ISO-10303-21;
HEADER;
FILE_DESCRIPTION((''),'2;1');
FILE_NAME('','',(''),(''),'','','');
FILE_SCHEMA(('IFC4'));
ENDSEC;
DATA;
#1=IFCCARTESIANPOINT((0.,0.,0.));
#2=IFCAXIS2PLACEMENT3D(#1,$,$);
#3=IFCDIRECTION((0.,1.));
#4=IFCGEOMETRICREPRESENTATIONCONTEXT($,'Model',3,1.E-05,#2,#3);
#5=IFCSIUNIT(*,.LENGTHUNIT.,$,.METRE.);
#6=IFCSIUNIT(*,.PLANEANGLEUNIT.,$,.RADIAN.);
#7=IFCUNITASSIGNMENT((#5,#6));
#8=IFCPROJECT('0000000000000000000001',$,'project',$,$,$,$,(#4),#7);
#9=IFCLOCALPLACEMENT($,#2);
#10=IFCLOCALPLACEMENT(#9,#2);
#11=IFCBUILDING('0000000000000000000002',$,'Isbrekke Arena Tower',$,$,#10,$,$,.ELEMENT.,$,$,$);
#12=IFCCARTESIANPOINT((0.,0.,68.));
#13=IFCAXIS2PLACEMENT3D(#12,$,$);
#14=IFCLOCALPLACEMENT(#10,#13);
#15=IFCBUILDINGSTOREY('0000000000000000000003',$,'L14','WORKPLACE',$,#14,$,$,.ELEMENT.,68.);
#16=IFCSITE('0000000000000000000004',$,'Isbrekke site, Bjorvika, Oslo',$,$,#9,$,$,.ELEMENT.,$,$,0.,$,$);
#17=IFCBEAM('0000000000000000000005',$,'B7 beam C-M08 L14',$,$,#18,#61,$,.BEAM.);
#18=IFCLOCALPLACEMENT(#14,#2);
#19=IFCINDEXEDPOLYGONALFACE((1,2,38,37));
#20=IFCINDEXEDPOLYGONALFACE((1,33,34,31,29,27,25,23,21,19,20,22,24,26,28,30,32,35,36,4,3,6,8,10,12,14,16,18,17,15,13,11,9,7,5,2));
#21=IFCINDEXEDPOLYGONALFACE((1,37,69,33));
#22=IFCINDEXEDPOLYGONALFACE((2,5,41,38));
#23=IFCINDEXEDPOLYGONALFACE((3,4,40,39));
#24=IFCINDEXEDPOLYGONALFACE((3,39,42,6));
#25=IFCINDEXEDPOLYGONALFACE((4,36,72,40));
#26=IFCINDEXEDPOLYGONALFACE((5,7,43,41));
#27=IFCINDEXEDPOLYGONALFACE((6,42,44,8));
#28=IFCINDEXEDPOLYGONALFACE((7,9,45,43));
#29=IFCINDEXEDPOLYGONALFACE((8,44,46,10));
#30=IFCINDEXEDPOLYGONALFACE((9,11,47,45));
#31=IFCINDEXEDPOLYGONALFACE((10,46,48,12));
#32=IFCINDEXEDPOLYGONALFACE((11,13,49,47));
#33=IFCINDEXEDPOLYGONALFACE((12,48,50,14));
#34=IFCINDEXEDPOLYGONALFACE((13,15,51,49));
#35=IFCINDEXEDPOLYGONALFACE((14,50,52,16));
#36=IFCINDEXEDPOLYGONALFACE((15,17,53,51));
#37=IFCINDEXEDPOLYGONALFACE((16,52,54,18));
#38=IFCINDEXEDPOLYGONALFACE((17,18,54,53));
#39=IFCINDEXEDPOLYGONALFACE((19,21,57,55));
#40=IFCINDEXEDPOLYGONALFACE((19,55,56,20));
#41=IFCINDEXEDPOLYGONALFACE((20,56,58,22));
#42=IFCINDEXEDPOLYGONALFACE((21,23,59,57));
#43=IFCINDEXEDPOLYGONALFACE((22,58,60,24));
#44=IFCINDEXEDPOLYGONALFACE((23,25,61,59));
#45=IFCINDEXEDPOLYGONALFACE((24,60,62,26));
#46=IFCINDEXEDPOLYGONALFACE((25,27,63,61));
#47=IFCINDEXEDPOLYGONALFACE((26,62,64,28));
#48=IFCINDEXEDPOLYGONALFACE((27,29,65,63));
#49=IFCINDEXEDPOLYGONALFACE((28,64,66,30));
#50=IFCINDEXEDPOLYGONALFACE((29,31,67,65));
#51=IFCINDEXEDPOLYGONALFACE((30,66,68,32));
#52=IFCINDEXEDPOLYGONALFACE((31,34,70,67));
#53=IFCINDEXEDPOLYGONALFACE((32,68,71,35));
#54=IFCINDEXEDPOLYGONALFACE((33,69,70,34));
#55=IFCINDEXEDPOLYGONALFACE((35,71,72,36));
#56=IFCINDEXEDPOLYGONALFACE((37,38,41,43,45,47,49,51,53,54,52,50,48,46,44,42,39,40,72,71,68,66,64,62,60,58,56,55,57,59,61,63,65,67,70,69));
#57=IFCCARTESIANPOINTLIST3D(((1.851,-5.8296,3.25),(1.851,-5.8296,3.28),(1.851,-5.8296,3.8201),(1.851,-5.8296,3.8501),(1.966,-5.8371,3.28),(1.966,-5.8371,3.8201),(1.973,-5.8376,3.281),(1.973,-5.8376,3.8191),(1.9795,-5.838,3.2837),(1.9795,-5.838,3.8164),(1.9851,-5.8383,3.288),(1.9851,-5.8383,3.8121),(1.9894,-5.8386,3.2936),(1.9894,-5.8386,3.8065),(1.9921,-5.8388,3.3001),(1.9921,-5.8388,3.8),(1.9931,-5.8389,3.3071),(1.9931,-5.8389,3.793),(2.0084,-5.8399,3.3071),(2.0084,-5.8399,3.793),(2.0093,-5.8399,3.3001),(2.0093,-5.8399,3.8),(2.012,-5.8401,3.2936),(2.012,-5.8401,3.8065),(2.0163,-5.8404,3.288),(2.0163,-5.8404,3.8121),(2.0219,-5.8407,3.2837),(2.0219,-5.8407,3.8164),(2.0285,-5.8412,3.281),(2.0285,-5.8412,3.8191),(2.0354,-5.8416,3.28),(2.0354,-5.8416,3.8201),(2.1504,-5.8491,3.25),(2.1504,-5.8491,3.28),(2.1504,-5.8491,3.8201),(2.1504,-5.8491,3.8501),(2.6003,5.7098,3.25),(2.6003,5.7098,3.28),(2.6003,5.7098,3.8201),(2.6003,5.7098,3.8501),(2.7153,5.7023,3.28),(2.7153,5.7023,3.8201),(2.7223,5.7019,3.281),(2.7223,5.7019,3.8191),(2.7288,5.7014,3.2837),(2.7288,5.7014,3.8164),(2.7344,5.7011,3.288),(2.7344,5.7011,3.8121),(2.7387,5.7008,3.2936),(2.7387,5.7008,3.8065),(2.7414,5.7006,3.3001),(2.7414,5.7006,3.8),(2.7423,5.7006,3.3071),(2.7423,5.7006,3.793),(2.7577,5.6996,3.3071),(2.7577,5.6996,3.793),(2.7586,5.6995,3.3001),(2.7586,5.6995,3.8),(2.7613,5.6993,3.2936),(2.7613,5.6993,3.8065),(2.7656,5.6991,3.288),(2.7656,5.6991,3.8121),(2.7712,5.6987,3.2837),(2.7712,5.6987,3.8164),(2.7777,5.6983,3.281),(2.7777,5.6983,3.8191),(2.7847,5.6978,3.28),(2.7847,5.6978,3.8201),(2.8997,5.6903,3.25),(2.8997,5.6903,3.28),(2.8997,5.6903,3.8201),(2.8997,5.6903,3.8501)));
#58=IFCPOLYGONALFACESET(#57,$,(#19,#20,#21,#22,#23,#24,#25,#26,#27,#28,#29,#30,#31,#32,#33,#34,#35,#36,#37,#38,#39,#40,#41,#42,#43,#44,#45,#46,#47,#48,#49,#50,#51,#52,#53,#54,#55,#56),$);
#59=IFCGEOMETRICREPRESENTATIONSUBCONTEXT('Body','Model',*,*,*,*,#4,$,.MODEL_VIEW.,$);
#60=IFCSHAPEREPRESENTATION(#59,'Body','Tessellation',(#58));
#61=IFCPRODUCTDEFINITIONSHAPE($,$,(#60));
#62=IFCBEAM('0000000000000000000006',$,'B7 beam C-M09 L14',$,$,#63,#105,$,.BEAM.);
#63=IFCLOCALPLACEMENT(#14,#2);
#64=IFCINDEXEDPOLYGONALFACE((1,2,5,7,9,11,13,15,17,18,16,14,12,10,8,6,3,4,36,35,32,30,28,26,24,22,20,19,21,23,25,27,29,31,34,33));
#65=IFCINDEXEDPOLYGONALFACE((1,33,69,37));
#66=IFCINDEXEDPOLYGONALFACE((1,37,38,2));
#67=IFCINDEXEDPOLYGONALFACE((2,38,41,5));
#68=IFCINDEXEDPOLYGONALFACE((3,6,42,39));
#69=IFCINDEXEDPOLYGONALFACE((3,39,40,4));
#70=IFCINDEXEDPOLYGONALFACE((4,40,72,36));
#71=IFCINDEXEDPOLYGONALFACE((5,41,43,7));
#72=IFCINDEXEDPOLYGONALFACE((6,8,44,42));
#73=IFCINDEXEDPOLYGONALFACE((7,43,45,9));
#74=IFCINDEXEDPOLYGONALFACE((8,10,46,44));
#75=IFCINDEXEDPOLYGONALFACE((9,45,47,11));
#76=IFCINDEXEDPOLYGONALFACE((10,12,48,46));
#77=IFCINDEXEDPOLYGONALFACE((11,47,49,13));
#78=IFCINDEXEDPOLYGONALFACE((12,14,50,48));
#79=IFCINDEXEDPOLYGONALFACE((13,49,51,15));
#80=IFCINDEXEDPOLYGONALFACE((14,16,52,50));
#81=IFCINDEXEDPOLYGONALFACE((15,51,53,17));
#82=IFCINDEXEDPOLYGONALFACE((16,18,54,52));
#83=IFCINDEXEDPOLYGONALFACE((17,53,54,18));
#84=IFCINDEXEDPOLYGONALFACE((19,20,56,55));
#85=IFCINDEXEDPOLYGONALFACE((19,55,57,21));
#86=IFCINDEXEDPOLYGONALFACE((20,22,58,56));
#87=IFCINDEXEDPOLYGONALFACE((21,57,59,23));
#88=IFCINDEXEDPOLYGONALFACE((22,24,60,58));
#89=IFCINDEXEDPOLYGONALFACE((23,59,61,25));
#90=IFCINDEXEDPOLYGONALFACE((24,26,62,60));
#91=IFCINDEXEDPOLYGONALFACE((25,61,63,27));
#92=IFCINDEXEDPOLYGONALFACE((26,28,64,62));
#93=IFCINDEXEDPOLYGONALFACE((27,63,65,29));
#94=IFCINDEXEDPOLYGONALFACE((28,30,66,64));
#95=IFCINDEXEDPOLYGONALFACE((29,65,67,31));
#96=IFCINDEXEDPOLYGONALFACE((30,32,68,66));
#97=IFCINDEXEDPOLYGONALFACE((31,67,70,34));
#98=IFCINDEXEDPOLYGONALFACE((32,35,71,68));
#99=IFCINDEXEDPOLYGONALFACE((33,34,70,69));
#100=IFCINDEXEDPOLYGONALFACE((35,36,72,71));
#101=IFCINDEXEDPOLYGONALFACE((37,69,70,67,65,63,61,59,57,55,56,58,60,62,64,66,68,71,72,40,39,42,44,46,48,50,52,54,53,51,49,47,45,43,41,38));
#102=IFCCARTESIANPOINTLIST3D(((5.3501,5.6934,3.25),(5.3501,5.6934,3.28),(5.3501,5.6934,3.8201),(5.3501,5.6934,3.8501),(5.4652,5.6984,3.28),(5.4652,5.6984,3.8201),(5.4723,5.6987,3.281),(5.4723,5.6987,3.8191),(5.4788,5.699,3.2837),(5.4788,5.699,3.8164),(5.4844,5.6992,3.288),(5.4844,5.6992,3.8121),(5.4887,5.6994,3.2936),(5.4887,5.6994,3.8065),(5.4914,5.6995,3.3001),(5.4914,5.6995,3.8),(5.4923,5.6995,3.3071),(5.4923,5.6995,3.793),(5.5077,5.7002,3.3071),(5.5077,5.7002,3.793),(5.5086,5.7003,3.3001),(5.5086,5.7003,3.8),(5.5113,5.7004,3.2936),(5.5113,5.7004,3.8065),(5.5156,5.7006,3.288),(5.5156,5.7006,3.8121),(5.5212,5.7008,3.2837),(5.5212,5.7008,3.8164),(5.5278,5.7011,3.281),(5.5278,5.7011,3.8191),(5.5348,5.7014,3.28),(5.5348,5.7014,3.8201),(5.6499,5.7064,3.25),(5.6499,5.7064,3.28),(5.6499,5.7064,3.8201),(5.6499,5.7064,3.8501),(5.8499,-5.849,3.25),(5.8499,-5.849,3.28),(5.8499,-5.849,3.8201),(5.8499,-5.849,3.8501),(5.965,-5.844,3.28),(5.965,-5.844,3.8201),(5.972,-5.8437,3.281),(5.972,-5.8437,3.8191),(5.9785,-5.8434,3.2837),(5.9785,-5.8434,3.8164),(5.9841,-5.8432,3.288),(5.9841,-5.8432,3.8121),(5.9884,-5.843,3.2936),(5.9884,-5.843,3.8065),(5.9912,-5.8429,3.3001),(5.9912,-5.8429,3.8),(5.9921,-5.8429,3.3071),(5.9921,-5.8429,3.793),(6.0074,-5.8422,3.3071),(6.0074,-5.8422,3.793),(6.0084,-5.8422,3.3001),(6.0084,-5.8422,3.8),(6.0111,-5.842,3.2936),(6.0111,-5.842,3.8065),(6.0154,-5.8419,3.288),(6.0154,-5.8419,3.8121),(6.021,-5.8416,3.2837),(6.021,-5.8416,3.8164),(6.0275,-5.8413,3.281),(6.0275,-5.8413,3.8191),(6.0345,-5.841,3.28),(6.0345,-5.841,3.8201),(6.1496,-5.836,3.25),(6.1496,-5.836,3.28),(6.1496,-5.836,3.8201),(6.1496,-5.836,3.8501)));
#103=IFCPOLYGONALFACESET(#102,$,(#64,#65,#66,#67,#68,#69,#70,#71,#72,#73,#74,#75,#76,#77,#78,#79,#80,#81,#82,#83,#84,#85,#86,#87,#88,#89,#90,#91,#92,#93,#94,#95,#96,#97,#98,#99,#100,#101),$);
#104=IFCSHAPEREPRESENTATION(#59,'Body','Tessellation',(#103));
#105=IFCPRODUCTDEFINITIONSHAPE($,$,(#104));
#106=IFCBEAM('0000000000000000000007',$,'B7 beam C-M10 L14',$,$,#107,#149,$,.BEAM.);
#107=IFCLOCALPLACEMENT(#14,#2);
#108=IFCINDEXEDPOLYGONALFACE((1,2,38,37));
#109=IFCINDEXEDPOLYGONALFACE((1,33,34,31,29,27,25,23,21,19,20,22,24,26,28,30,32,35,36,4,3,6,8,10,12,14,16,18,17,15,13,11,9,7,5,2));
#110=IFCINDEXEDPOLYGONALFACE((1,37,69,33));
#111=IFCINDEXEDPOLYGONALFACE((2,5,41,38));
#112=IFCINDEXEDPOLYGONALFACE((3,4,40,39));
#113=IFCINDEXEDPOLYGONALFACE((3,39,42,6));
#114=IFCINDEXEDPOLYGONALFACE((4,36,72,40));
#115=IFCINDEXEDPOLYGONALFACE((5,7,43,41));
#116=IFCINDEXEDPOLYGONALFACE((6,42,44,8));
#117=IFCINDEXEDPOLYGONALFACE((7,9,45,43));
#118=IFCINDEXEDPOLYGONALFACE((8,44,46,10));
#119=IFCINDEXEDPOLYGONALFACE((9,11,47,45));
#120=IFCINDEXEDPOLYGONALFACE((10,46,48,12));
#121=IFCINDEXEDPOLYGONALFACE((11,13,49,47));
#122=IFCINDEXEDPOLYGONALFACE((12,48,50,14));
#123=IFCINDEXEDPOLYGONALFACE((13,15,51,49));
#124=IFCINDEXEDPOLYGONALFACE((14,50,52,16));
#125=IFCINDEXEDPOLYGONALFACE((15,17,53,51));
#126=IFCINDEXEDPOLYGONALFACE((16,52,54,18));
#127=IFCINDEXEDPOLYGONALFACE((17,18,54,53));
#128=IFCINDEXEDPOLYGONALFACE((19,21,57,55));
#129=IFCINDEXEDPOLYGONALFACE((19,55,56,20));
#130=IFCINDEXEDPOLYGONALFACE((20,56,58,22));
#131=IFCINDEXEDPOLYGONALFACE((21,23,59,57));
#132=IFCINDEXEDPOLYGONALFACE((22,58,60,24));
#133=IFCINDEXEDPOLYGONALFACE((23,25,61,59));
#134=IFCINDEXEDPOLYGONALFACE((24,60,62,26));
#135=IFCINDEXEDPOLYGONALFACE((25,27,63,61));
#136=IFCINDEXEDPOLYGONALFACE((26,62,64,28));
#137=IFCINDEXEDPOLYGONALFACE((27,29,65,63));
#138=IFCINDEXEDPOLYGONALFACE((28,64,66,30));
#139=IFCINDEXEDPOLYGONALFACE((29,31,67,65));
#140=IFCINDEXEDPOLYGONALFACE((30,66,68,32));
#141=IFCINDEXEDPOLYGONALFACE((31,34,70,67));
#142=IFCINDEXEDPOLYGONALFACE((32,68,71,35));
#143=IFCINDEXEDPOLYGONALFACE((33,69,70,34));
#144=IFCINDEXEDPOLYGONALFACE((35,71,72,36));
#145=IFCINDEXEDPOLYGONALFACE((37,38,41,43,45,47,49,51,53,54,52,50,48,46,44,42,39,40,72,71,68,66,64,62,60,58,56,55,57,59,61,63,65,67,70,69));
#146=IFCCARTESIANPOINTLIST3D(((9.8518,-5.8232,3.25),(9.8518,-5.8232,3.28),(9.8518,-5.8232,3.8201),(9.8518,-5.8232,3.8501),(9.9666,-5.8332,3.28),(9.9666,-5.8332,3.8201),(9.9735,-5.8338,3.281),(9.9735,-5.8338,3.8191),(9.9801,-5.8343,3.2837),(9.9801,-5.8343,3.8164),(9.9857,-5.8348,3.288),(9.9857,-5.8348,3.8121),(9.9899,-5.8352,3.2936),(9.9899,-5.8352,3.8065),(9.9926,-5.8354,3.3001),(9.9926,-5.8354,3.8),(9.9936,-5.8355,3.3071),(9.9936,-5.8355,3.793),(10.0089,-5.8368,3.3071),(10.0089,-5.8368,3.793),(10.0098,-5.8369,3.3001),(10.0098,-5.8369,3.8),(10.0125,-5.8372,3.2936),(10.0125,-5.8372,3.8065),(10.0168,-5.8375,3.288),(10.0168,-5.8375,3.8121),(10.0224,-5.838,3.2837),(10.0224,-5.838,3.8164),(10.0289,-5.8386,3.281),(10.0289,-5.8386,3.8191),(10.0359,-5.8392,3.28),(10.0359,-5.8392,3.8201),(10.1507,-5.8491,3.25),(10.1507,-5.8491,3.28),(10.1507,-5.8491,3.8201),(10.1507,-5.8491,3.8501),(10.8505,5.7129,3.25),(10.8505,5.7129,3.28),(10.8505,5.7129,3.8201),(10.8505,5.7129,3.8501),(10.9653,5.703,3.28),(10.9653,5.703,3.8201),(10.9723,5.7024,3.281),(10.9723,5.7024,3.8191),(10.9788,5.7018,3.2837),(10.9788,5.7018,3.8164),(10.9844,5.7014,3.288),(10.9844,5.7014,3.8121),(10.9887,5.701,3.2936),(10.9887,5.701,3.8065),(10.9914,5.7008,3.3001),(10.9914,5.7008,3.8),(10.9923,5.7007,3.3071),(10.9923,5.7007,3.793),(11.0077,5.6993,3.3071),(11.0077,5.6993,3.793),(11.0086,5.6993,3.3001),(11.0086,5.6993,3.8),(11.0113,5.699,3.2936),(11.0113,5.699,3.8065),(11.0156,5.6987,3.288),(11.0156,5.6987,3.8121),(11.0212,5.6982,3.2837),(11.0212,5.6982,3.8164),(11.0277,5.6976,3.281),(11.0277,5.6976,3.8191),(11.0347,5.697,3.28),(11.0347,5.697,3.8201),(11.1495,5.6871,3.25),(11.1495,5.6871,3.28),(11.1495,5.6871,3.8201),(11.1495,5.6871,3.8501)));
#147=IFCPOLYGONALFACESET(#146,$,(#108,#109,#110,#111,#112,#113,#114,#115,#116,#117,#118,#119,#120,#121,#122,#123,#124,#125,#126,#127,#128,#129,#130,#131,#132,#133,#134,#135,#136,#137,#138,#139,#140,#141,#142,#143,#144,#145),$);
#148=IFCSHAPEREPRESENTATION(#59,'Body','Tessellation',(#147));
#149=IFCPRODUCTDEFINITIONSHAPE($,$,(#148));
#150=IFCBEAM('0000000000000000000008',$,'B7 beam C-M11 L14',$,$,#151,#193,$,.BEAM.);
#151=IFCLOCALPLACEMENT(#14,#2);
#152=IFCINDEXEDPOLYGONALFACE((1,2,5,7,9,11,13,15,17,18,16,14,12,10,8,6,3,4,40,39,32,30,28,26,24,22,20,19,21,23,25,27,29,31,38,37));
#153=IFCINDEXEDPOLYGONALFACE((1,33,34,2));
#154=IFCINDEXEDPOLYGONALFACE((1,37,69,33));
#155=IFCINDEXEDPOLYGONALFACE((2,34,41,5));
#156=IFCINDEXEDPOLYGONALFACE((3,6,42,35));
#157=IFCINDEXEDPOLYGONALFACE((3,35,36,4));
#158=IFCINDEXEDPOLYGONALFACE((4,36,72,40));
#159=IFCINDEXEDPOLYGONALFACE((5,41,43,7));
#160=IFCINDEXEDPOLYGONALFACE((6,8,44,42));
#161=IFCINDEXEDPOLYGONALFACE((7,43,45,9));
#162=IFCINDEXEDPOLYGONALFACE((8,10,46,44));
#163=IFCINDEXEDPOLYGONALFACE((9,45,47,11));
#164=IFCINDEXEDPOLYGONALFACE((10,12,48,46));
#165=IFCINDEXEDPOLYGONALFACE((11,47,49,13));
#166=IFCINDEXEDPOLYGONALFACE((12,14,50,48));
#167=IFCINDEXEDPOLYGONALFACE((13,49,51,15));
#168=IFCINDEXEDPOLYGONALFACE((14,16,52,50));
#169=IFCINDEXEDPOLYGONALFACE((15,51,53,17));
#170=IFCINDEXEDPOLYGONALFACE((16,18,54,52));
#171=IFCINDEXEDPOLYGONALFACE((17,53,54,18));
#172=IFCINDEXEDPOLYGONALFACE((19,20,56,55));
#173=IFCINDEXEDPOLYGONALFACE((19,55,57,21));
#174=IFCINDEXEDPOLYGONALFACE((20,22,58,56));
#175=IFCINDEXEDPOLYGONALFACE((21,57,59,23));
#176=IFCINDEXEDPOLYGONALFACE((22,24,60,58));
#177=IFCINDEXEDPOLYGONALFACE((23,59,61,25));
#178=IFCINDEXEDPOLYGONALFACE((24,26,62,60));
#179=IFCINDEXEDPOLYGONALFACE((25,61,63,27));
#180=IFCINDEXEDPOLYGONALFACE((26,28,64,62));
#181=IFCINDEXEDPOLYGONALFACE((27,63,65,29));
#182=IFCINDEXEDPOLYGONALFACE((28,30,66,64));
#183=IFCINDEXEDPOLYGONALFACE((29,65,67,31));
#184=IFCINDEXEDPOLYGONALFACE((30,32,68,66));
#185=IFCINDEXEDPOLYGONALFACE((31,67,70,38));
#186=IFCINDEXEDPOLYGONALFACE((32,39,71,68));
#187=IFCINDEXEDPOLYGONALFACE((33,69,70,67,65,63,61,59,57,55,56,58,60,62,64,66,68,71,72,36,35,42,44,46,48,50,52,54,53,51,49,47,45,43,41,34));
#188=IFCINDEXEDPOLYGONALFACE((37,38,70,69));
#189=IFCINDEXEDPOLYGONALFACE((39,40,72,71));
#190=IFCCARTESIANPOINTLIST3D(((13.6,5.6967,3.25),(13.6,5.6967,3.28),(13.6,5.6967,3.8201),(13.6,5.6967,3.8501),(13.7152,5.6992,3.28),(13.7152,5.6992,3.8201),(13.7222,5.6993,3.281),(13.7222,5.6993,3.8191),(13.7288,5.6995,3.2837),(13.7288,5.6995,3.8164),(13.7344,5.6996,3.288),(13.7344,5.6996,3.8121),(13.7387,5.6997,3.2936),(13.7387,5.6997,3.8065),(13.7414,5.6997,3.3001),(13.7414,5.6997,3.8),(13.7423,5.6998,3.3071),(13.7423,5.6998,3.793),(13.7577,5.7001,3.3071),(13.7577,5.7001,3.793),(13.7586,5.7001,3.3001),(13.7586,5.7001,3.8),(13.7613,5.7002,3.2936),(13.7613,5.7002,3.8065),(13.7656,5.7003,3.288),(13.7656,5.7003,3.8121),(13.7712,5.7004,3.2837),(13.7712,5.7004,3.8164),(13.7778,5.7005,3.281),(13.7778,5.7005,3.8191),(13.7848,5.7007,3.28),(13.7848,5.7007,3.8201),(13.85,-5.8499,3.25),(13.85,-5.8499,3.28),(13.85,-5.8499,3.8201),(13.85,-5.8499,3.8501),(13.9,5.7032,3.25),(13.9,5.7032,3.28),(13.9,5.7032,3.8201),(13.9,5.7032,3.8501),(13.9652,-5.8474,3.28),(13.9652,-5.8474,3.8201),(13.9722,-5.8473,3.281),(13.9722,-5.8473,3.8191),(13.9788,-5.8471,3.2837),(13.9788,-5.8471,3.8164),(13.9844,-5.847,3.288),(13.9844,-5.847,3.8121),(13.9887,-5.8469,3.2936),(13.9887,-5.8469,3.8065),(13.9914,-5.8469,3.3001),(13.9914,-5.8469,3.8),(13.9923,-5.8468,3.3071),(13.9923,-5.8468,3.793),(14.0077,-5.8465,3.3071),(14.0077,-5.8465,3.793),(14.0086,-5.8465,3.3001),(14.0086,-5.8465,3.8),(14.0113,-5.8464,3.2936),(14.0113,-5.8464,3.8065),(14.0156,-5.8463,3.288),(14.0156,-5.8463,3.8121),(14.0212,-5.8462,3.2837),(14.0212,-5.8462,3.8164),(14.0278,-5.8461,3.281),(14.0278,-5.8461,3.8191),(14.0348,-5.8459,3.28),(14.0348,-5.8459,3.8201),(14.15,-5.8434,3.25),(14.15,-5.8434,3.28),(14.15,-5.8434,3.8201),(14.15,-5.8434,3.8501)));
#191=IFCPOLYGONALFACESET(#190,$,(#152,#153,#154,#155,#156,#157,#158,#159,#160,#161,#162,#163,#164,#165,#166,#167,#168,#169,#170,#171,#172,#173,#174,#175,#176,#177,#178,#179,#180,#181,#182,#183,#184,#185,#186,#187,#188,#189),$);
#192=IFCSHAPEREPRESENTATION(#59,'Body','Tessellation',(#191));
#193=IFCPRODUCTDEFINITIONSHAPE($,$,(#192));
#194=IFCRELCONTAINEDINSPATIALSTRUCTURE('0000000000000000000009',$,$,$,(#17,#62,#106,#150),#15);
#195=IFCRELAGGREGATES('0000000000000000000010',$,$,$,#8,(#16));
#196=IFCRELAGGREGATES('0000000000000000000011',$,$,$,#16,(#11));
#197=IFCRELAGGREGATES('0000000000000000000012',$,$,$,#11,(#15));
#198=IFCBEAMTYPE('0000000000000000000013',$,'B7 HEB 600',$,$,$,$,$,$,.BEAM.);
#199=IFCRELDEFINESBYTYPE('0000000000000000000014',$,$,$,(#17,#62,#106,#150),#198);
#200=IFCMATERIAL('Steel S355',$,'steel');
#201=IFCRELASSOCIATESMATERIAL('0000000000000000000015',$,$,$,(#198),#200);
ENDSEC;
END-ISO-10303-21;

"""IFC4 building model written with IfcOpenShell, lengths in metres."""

from ifc_helpers import new_model, si_unit, direction, frame, origin, origin_2d, place, context, subcontext, project, spatial, i_section, extrude, material, material_profile, profile_set, type_object, element, save


model = new_model("IFC4")

# Units and contexts
model_context = context("Model", 3, precision=1e-05, world=origin(), true_north=direction((0.0, 1.0)))
body_context = subcontext(model_context, "Body", "Model", "MODEL_VIEW")
ifc_project = project(units=[si_unit("LENGTHUNIT", "METRE"), si_unit("PLANEANGLEUNIT", "RADIAN")], contexts=[model_context])

# Site, building, storey
site_placement = place(None, origin())
site = spatial("IfcSite", under=ifc_project, at=site_placement, Name="Isbrekke site, Bjorvika, Oslo", CompositionType="ELEMENT", RefElevation=0.0)
building_placement = place(site_placement, origin())
building = spatial("IfcBuilding", under=site, at=building_placement, Name="Isbrekke Arena Tower", CompositionType="ELEMENT")
storey_placement = place(building_placement, frame((0.0, 0.0, 68.0)))
storey = spatial("IfcBuildingStorey", under=building, at=storey_placement, Name="L14", Description="WORKPLACE", CompositionType="ELEMENT", Elevation=68.0)

# Beams
ifc_material_1 = material(Name="Steel S355", Category="steel")
ifc_material_profile_1 = material_profile(ifc_material_1, i_section(OverallWidth=0.3, OverallDepth=0.6001, WebThickness=0.0154, FlangeThickness=0.03, FilletRadius=0.0271, at=origin_2d()), Name="HEB 600")
ifc_profile_set_1 = profile_set([ifc_material_profile_1], Name="Steel S355")
beam_type_1 = type_object("IfcBeamType", Name="B7 HEB 600", PredefinedType="BEAM", material=ifc_profile_set_1)
beam_1_placement = place(storey_placement, frame((2.0007, -5.8394, 3.55), z_axis=(0.064795, 0.997899, 0.0), x_axis=(-0.997899, 0.064795, 0.0)))
element("IfcBeam", 1, at=beam_1_placement, inside=storey, type_object=beam_type_1, Name="B7 beam C-M08 L14", PredefinedType="BEAM", context=body_context, shape_type="SweptSolid", body=[
    extrude(i_section(OverallWidth=0.3, OverallDepth=0.6001, WebThickness=0.0154, FlangeThickness=0.03, FilletRadius=0.0271, at=origin_2d()), origin(), (0.0, 0.0, 1.0), 11.5637),
])
beam_2_placement = place(storey_placement, frame((5.9998, -5.8425, 3.55), z_axis=(-0.043257, 0.999064, 0.0), x_axis=(-0.999064, -0.043257, 0.0)))
element("IfcBeam", 2, at=beam_2_placement, inside=storey, type_object=beam_type_1, Name="B7 beam C-M09 L14", PredefinedType="BEAM", context=body_context, shape_type="SweptSolid", body=[
    extrude(i_section(OverallWidth=0.3, OverallDepth=0.6001, WebThickness=0.0154, FlangeThickness=0.03, FilletRadius=0.0271, at=origin_2d()), origin(), (0.0, 0.0, 1.0), 11.5532),
])
beam_3_placement = place(storey_placement, frame((10.0012, -5.8362, 3.55), z_axis=(0.086256, 0.996273, 0.0), x_axis=(-0.996273, 0.086256, 0.0)))
element("IfcBeam", 3, at=beam_3_placement, inside=storey, type_object=beam_type_1, Name="B7 beam C-M10 L14", PredefinedType="BEAM", context=body_context, shape_type="SweptSolid", body=[
    extrude(i_section(OverallWidth=0.3, OverallDepth=0.6001, WebThickness=0.0154, FlangeThickness=0.03, FilletRadius=0.0271, at=origin_2d()), origin(), (0.0, 0.0, 1.0), 11.5793),
])
beam_4_placement = place(storey_placement, frame((14.0, -5.8467, 3.55), z_axis=(-0.021646, 0.999766, 0.0), x_axis=(-0.999766, -0.021646, 0.0)))
element("IfcBeam", 4, at=beam_4_placement, inside=storey, type_object=beam_type_1, Name="B7 beam C-M11 L14", PredefinedType="BEAM", context=body_context, shape_type="SweptSolid", body=[
    extrude(i_section(OverallWidth=0.3, OverallDepth=0.6001, WebThickness=0.0154, FlangeThickness=0.03, FilletRadius=0.0271, at=origin_2d()), origin(), (0.0, 0.0, 1.0), 11.5493),
])

save(model, "model.ifc")
